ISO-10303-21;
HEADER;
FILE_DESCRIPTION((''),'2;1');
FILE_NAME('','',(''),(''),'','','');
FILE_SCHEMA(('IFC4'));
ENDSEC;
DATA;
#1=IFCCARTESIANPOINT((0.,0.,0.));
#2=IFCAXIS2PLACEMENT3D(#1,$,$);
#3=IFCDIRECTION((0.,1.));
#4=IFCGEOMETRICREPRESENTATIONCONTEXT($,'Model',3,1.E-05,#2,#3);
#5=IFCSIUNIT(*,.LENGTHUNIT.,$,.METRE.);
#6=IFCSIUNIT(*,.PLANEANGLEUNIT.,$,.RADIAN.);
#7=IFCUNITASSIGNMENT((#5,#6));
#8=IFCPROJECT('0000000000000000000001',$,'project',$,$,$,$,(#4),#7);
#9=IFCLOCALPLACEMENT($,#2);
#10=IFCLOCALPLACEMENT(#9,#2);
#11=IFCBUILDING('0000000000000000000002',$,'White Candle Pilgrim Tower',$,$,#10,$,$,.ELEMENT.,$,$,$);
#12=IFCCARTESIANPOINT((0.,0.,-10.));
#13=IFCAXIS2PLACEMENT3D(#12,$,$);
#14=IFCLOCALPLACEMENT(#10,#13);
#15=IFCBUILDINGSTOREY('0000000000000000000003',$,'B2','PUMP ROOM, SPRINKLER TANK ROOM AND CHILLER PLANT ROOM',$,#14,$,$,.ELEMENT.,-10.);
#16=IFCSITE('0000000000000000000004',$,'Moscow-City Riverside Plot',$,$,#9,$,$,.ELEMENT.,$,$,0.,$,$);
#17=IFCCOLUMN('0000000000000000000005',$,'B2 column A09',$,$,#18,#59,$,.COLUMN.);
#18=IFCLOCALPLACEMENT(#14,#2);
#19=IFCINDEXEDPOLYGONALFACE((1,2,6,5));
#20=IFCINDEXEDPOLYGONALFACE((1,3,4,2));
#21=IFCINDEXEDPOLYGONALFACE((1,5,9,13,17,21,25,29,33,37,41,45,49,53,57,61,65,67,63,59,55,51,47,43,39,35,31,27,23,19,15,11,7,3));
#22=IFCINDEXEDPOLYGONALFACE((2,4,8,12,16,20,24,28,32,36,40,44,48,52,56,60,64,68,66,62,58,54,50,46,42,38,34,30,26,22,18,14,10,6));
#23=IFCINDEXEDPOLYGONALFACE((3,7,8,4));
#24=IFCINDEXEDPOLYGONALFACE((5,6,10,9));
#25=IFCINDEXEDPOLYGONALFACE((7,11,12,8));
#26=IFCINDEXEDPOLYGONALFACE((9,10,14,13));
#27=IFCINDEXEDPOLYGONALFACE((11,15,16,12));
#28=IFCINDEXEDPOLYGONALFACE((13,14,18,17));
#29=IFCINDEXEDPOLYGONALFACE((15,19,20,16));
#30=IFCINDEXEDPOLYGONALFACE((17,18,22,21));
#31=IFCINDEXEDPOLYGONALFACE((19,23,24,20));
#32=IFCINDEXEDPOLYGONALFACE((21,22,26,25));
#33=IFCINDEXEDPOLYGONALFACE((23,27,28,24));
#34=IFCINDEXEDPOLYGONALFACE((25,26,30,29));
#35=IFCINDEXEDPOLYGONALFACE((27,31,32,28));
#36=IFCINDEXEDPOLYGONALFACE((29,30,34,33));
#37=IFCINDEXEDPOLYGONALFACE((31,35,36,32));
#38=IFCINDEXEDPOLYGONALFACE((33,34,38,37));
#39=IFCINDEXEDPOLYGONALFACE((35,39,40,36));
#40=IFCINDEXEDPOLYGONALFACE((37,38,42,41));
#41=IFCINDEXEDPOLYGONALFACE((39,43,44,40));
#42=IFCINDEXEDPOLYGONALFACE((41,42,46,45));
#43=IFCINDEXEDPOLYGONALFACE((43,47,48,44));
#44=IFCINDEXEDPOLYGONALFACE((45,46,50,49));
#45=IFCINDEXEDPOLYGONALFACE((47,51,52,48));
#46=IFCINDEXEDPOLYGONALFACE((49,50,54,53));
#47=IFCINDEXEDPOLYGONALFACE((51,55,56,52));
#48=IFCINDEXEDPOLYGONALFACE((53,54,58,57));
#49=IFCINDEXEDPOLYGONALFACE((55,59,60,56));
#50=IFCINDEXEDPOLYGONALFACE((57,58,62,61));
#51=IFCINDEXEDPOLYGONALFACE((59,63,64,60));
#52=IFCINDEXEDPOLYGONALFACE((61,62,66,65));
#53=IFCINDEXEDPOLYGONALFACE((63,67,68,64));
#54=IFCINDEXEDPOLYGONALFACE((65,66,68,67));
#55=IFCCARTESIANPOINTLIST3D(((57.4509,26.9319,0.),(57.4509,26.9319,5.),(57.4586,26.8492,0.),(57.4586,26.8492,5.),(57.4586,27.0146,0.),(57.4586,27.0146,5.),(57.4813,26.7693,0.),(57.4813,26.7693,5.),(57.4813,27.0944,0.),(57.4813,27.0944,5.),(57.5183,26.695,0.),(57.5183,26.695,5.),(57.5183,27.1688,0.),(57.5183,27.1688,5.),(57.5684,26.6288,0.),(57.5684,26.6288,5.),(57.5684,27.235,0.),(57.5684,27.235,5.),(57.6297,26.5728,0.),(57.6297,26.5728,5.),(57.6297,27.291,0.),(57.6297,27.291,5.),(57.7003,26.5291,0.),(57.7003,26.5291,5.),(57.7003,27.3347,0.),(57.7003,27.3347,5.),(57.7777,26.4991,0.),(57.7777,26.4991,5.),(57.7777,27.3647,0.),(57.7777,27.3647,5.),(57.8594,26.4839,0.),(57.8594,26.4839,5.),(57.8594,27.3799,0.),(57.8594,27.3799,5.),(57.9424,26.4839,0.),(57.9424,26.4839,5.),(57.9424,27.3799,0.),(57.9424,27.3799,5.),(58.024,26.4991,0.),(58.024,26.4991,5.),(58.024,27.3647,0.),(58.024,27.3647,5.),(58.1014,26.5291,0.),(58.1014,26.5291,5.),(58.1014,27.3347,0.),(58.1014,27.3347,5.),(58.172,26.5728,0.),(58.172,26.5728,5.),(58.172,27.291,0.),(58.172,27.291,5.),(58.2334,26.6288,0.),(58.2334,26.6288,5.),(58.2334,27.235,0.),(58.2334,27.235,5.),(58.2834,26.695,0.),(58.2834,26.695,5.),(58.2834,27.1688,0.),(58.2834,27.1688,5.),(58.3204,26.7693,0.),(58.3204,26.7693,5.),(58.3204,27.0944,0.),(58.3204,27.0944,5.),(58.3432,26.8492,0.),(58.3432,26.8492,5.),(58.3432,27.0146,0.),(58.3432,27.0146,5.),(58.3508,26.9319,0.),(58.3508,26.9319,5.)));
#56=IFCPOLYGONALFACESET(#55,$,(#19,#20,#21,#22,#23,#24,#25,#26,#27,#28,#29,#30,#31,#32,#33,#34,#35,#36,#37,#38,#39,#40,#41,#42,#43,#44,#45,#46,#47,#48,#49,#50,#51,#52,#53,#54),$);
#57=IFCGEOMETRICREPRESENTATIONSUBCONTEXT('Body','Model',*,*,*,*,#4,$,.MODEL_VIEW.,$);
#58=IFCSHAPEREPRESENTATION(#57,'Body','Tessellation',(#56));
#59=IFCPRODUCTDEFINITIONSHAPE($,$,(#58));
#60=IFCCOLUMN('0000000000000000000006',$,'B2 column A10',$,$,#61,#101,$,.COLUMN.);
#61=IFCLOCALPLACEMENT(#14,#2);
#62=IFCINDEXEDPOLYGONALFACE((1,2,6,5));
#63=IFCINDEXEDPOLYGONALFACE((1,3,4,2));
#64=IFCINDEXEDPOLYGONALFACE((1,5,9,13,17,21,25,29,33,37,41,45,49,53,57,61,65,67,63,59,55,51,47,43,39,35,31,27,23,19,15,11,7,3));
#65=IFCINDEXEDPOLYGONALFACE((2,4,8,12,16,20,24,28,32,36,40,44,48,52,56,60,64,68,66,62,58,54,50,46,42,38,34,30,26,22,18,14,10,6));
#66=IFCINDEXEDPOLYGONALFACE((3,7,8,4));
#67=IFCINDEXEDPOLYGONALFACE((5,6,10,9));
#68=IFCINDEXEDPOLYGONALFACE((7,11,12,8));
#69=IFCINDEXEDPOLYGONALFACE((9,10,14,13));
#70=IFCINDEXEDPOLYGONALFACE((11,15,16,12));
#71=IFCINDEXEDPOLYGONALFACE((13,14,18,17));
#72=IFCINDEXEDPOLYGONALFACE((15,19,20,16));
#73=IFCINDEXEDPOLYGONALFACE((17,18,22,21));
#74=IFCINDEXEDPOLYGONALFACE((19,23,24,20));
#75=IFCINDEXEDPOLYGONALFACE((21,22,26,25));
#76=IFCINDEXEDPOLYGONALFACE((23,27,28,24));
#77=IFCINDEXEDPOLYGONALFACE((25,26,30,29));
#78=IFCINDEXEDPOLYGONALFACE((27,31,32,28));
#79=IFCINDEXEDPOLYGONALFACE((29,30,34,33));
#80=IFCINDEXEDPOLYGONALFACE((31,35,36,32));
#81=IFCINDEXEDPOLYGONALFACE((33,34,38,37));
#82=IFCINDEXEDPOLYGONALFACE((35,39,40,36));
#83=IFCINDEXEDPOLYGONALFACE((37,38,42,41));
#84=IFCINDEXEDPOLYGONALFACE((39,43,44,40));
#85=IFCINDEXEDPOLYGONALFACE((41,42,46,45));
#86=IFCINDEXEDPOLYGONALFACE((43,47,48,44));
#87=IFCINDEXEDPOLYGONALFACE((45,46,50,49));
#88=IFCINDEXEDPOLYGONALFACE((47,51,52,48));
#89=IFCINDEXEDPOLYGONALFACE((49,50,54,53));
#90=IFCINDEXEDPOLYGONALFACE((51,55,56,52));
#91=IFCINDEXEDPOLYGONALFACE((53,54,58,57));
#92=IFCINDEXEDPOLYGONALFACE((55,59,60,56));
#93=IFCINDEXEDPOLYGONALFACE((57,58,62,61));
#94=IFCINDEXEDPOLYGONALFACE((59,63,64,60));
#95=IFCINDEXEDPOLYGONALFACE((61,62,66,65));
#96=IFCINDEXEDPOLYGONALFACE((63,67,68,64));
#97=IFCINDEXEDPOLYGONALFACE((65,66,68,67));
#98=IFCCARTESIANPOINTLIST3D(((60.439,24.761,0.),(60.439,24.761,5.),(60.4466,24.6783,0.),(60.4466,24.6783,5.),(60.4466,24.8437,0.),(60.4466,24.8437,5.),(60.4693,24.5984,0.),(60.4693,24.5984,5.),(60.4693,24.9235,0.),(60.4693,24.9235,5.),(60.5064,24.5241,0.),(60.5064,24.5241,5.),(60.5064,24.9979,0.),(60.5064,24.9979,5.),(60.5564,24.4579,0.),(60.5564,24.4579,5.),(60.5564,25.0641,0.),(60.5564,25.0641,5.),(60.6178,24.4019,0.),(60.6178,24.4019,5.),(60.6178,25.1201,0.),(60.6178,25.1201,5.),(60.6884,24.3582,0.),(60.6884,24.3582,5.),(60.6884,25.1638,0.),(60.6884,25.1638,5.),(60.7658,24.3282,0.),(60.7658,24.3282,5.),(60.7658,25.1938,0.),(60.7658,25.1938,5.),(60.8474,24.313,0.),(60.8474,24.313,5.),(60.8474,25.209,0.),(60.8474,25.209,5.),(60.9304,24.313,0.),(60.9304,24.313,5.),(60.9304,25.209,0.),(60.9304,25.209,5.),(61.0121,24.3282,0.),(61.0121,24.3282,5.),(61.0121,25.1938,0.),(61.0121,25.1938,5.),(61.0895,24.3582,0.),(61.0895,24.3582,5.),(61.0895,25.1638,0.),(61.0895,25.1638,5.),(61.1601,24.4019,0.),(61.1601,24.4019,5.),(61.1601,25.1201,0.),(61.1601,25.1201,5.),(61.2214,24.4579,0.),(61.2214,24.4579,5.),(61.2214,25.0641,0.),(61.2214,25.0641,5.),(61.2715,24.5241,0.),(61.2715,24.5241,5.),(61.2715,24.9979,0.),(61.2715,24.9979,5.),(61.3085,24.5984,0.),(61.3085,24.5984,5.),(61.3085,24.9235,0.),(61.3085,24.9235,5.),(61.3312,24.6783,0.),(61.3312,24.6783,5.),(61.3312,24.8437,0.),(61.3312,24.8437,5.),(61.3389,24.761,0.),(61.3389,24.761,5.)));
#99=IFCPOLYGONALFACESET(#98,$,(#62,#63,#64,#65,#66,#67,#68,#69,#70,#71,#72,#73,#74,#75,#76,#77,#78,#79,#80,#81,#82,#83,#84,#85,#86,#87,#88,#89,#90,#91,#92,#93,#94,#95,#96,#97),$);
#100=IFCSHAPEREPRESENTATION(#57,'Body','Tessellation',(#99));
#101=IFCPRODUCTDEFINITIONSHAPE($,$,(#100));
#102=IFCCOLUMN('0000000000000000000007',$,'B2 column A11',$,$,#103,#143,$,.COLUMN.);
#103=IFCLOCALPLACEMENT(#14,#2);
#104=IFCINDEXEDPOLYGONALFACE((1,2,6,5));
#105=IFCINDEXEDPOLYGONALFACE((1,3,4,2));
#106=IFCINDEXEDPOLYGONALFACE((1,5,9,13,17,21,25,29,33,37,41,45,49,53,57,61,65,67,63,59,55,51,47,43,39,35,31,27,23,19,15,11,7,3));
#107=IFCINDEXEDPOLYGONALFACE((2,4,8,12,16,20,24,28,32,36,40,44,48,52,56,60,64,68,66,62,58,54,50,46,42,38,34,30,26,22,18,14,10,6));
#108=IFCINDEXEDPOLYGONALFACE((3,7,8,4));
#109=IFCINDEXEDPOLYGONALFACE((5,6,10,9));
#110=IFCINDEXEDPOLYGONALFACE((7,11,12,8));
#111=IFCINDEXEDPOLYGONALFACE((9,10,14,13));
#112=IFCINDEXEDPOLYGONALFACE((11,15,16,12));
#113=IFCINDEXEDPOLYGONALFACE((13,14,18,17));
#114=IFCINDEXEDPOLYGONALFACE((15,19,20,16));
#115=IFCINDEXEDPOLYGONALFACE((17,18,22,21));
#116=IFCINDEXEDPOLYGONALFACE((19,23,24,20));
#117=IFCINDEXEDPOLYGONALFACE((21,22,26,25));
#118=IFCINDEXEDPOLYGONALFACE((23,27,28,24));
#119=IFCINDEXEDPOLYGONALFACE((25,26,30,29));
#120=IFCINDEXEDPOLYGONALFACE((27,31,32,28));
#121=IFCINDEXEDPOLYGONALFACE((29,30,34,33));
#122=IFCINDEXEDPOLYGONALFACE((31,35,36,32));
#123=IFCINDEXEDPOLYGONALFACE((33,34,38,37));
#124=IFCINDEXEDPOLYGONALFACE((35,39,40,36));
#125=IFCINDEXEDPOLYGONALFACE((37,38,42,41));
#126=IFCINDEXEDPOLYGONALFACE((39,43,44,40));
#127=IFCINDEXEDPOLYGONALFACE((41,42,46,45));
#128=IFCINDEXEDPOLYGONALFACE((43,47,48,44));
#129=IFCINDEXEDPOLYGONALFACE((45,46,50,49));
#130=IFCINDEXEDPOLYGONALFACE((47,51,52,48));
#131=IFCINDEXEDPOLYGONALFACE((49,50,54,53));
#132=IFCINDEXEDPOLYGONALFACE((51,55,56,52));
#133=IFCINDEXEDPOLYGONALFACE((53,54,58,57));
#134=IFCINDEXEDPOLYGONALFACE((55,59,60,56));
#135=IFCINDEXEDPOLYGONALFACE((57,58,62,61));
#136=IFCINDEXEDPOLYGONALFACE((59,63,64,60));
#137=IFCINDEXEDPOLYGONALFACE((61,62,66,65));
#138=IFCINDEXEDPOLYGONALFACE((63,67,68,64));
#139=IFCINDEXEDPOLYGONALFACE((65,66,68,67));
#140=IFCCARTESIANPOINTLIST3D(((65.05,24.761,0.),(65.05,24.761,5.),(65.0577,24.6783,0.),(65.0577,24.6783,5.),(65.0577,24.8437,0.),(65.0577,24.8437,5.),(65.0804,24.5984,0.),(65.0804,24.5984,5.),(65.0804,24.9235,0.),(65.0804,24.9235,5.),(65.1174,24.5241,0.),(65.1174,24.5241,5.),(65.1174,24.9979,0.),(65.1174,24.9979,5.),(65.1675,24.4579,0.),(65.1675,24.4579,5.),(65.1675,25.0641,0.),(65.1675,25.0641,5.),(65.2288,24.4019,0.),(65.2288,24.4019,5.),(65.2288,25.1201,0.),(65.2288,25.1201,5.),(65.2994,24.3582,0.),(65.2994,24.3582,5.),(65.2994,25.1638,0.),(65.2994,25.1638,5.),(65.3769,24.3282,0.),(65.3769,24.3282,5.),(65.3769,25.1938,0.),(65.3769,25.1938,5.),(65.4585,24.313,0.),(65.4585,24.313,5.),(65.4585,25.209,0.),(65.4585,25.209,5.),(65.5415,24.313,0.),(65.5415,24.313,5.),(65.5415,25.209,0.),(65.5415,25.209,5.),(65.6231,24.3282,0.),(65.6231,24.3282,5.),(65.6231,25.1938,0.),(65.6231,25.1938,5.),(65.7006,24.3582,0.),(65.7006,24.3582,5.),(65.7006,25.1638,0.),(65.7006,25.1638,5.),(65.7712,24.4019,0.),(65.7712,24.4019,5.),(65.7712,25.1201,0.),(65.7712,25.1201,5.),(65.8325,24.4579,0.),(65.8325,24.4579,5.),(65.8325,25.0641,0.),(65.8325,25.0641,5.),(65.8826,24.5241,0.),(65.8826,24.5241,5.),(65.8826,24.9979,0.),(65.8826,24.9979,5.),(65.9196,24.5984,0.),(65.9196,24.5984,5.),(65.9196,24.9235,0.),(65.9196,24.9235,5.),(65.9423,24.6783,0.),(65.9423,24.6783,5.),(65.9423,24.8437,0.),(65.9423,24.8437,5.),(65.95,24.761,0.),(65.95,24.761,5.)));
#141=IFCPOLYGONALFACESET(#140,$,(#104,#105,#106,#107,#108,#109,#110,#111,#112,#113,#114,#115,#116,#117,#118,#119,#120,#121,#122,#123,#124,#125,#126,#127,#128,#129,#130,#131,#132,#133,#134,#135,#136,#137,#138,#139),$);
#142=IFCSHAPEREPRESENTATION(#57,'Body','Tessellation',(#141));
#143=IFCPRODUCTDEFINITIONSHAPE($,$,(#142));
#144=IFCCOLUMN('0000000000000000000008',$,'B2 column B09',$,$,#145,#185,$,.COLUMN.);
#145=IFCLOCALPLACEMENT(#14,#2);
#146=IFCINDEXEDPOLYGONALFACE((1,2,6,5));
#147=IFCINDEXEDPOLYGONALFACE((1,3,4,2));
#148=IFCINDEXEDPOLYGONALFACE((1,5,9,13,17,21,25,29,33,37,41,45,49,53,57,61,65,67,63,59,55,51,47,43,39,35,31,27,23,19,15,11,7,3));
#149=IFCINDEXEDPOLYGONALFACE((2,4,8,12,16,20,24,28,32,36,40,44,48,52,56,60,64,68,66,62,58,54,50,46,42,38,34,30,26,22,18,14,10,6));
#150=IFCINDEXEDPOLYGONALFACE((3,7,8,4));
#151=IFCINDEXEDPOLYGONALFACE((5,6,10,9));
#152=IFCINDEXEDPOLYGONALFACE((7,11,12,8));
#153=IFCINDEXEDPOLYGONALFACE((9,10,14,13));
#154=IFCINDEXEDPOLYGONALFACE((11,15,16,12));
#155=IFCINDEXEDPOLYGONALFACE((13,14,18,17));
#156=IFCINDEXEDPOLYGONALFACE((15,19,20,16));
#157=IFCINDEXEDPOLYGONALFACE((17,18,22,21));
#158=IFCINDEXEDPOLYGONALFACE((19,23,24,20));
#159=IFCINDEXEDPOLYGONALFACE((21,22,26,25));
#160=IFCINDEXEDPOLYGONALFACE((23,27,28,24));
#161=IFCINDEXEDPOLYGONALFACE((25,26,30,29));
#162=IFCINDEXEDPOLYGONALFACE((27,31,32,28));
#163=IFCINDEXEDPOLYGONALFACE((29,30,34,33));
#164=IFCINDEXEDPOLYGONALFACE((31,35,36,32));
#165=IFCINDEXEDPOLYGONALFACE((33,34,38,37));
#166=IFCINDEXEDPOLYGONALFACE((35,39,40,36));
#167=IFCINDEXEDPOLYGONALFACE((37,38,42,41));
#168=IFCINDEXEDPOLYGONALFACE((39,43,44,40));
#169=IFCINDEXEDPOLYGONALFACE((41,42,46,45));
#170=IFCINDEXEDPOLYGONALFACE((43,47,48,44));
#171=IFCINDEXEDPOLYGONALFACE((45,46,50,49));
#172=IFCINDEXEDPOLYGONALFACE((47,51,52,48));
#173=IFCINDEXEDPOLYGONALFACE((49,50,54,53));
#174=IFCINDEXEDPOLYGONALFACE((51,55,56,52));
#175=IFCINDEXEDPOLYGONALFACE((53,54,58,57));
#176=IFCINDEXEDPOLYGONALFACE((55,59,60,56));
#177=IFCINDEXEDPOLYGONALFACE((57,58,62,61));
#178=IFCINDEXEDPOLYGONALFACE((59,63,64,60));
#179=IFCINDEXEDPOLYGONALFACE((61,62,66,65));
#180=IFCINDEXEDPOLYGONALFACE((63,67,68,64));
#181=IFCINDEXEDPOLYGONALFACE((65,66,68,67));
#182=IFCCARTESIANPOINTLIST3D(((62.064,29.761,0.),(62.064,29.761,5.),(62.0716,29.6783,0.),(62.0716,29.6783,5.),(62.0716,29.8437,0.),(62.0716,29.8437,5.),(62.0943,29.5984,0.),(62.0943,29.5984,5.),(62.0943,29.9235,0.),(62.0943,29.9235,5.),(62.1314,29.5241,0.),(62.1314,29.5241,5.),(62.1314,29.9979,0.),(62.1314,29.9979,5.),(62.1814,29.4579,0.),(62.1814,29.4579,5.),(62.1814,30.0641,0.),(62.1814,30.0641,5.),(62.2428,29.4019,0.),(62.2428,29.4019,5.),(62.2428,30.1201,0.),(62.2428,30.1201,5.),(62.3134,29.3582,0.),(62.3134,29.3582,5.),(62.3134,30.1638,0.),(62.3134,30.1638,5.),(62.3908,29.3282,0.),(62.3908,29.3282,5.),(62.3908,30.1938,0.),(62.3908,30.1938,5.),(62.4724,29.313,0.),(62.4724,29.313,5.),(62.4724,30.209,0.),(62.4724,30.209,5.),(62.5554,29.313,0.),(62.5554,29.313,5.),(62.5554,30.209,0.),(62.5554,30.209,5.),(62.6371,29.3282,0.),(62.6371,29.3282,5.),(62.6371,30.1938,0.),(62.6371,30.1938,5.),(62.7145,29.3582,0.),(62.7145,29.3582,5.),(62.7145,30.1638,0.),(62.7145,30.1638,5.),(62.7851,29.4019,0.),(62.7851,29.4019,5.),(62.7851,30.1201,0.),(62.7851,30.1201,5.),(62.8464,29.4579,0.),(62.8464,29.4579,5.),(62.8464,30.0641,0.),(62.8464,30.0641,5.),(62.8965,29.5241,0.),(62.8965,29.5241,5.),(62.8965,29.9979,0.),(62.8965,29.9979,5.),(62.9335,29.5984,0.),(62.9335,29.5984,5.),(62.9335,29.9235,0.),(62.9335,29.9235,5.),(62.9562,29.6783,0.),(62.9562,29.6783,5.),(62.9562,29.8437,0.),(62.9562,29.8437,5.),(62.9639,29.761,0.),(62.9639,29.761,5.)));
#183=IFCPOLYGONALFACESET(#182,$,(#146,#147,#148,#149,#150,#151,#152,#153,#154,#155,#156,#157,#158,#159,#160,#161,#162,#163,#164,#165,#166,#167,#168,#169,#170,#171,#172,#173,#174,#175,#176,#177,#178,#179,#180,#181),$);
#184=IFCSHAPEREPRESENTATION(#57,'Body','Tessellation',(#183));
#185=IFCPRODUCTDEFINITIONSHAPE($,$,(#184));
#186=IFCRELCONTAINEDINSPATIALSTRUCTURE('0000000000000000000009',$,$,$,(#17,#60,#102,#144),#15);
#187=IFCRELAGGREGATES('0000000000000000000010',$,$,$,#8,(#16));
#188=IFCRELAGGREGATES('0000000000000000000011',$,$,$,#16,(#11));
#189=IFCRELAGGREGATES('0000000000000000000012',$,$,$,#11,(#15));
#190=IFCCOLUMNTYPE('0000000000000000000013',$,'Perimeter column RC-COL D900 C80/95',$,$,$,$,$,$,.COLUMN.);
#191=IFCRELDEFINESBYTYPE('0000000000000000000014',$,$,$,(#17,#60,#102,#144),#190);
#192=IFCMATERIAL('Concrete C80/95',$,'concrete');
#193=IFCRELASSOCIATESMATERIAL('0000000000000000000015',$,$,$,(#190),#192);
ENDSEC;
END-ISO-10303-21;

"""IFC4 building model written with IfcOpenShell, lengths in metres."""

from ifc_helpers import new_model, si_unit, direction, frame, origin, origin_2d, place, context, subcontext, project, spatial, circle, extrude, material, material_profile, profile_set, type_object, element, save


model = new_model("IFC4")

# Units and contexts
model_context = context("Model", 3, precision=1e-05, world=origin(), true_north=direction((0.0, 1.0)))
body_context = subcontext(model_context, "Body", "Model", "MODEL_VIEW")
ifc_project = project(units=[si_unit("LENGTHUNIT", "METRE"), si_unit("PLANEANGLEUNIT", "RADIAN")], contexts=[model_context])

# Site, building, storey
site_placement = place(None, origin())
site = spatial("IfcSite", under=ifc_project, at=site_placement, Name="Moscow-City Riverside Plot", CompositionType="ELEMENT", RefElevation=0.0)
building_placement = place(site_placement, origin())
building = spatial("IfcBuilding", under=site, at=building_placement, Name="White Candle Pilgrim Tower", CompositionType="ELEMENT")
storey_placement = place(building_placement, frame((0.0, 0.0, -10.0)))
storey = spatial("IfcBuildingStorey", under=building, at=storey_placement, Name="B2", Description="PUMP ROOM, SPRINKLER TANK ROOM AND CHILLER PLANT ROOM", CompositionType="ELEMENT", Elevation=-10.0)

# Columns
ifc_material_1 = material(Name="Concrete C80/95", Category="concrete")
ifc_material_profile_1 = material_profile(ifc_material_1, circle(Radius=0.45, at=origin_2d()), Name="RC-COL D900")
ifc_profile_set_1 = profile_set([ifc_material_profile_1], Name="Concrete C80/95")
column_type = type_object("IfcColumnType", Name="Perimeter column RC-COL D900 C80/95", PredefinedType="COLUMN", material=ifc_profile_set_1)
for number, where, z_axis, x_axis, name in (
    (1, (57.9009, 26.9319, 0.0), (0.0, 0.0, 1.0), (1.0, 0.0, 0.0), "B2 column A09"),
    (2, (60.8889, 24.761, 0.0), (0.0, 0.0, 1.0), (1.0, 0.0, 0.0), "B2 column A10"),
    (3, (65.5, 24.761, 0.0), (0.0, 0.0, 1.0), (1.0, 0.0, 0.0), "B2 column A11"),
    (4, (62.5139, 29.761, 0.0), (0.0, 0.0, 1.0), (1.0, 0.0, 0.0), "B2 column B09"),
):
    element("IfcColumn", number, at=place(storey_placement, frame(where, z_axis=z_axis, x_axis=x_axis)), inside=storey, type_object=column_type, Name=name, PredefinedType="COLUMN", context=body_context, shape_type="SweptSolid", body=[
        extrude(circle(Radius=0.45, at=origin_2d()), origin(), (0.0, 0.0, 1.0), 5.0),
    ])

save(model, "model.ifc")
